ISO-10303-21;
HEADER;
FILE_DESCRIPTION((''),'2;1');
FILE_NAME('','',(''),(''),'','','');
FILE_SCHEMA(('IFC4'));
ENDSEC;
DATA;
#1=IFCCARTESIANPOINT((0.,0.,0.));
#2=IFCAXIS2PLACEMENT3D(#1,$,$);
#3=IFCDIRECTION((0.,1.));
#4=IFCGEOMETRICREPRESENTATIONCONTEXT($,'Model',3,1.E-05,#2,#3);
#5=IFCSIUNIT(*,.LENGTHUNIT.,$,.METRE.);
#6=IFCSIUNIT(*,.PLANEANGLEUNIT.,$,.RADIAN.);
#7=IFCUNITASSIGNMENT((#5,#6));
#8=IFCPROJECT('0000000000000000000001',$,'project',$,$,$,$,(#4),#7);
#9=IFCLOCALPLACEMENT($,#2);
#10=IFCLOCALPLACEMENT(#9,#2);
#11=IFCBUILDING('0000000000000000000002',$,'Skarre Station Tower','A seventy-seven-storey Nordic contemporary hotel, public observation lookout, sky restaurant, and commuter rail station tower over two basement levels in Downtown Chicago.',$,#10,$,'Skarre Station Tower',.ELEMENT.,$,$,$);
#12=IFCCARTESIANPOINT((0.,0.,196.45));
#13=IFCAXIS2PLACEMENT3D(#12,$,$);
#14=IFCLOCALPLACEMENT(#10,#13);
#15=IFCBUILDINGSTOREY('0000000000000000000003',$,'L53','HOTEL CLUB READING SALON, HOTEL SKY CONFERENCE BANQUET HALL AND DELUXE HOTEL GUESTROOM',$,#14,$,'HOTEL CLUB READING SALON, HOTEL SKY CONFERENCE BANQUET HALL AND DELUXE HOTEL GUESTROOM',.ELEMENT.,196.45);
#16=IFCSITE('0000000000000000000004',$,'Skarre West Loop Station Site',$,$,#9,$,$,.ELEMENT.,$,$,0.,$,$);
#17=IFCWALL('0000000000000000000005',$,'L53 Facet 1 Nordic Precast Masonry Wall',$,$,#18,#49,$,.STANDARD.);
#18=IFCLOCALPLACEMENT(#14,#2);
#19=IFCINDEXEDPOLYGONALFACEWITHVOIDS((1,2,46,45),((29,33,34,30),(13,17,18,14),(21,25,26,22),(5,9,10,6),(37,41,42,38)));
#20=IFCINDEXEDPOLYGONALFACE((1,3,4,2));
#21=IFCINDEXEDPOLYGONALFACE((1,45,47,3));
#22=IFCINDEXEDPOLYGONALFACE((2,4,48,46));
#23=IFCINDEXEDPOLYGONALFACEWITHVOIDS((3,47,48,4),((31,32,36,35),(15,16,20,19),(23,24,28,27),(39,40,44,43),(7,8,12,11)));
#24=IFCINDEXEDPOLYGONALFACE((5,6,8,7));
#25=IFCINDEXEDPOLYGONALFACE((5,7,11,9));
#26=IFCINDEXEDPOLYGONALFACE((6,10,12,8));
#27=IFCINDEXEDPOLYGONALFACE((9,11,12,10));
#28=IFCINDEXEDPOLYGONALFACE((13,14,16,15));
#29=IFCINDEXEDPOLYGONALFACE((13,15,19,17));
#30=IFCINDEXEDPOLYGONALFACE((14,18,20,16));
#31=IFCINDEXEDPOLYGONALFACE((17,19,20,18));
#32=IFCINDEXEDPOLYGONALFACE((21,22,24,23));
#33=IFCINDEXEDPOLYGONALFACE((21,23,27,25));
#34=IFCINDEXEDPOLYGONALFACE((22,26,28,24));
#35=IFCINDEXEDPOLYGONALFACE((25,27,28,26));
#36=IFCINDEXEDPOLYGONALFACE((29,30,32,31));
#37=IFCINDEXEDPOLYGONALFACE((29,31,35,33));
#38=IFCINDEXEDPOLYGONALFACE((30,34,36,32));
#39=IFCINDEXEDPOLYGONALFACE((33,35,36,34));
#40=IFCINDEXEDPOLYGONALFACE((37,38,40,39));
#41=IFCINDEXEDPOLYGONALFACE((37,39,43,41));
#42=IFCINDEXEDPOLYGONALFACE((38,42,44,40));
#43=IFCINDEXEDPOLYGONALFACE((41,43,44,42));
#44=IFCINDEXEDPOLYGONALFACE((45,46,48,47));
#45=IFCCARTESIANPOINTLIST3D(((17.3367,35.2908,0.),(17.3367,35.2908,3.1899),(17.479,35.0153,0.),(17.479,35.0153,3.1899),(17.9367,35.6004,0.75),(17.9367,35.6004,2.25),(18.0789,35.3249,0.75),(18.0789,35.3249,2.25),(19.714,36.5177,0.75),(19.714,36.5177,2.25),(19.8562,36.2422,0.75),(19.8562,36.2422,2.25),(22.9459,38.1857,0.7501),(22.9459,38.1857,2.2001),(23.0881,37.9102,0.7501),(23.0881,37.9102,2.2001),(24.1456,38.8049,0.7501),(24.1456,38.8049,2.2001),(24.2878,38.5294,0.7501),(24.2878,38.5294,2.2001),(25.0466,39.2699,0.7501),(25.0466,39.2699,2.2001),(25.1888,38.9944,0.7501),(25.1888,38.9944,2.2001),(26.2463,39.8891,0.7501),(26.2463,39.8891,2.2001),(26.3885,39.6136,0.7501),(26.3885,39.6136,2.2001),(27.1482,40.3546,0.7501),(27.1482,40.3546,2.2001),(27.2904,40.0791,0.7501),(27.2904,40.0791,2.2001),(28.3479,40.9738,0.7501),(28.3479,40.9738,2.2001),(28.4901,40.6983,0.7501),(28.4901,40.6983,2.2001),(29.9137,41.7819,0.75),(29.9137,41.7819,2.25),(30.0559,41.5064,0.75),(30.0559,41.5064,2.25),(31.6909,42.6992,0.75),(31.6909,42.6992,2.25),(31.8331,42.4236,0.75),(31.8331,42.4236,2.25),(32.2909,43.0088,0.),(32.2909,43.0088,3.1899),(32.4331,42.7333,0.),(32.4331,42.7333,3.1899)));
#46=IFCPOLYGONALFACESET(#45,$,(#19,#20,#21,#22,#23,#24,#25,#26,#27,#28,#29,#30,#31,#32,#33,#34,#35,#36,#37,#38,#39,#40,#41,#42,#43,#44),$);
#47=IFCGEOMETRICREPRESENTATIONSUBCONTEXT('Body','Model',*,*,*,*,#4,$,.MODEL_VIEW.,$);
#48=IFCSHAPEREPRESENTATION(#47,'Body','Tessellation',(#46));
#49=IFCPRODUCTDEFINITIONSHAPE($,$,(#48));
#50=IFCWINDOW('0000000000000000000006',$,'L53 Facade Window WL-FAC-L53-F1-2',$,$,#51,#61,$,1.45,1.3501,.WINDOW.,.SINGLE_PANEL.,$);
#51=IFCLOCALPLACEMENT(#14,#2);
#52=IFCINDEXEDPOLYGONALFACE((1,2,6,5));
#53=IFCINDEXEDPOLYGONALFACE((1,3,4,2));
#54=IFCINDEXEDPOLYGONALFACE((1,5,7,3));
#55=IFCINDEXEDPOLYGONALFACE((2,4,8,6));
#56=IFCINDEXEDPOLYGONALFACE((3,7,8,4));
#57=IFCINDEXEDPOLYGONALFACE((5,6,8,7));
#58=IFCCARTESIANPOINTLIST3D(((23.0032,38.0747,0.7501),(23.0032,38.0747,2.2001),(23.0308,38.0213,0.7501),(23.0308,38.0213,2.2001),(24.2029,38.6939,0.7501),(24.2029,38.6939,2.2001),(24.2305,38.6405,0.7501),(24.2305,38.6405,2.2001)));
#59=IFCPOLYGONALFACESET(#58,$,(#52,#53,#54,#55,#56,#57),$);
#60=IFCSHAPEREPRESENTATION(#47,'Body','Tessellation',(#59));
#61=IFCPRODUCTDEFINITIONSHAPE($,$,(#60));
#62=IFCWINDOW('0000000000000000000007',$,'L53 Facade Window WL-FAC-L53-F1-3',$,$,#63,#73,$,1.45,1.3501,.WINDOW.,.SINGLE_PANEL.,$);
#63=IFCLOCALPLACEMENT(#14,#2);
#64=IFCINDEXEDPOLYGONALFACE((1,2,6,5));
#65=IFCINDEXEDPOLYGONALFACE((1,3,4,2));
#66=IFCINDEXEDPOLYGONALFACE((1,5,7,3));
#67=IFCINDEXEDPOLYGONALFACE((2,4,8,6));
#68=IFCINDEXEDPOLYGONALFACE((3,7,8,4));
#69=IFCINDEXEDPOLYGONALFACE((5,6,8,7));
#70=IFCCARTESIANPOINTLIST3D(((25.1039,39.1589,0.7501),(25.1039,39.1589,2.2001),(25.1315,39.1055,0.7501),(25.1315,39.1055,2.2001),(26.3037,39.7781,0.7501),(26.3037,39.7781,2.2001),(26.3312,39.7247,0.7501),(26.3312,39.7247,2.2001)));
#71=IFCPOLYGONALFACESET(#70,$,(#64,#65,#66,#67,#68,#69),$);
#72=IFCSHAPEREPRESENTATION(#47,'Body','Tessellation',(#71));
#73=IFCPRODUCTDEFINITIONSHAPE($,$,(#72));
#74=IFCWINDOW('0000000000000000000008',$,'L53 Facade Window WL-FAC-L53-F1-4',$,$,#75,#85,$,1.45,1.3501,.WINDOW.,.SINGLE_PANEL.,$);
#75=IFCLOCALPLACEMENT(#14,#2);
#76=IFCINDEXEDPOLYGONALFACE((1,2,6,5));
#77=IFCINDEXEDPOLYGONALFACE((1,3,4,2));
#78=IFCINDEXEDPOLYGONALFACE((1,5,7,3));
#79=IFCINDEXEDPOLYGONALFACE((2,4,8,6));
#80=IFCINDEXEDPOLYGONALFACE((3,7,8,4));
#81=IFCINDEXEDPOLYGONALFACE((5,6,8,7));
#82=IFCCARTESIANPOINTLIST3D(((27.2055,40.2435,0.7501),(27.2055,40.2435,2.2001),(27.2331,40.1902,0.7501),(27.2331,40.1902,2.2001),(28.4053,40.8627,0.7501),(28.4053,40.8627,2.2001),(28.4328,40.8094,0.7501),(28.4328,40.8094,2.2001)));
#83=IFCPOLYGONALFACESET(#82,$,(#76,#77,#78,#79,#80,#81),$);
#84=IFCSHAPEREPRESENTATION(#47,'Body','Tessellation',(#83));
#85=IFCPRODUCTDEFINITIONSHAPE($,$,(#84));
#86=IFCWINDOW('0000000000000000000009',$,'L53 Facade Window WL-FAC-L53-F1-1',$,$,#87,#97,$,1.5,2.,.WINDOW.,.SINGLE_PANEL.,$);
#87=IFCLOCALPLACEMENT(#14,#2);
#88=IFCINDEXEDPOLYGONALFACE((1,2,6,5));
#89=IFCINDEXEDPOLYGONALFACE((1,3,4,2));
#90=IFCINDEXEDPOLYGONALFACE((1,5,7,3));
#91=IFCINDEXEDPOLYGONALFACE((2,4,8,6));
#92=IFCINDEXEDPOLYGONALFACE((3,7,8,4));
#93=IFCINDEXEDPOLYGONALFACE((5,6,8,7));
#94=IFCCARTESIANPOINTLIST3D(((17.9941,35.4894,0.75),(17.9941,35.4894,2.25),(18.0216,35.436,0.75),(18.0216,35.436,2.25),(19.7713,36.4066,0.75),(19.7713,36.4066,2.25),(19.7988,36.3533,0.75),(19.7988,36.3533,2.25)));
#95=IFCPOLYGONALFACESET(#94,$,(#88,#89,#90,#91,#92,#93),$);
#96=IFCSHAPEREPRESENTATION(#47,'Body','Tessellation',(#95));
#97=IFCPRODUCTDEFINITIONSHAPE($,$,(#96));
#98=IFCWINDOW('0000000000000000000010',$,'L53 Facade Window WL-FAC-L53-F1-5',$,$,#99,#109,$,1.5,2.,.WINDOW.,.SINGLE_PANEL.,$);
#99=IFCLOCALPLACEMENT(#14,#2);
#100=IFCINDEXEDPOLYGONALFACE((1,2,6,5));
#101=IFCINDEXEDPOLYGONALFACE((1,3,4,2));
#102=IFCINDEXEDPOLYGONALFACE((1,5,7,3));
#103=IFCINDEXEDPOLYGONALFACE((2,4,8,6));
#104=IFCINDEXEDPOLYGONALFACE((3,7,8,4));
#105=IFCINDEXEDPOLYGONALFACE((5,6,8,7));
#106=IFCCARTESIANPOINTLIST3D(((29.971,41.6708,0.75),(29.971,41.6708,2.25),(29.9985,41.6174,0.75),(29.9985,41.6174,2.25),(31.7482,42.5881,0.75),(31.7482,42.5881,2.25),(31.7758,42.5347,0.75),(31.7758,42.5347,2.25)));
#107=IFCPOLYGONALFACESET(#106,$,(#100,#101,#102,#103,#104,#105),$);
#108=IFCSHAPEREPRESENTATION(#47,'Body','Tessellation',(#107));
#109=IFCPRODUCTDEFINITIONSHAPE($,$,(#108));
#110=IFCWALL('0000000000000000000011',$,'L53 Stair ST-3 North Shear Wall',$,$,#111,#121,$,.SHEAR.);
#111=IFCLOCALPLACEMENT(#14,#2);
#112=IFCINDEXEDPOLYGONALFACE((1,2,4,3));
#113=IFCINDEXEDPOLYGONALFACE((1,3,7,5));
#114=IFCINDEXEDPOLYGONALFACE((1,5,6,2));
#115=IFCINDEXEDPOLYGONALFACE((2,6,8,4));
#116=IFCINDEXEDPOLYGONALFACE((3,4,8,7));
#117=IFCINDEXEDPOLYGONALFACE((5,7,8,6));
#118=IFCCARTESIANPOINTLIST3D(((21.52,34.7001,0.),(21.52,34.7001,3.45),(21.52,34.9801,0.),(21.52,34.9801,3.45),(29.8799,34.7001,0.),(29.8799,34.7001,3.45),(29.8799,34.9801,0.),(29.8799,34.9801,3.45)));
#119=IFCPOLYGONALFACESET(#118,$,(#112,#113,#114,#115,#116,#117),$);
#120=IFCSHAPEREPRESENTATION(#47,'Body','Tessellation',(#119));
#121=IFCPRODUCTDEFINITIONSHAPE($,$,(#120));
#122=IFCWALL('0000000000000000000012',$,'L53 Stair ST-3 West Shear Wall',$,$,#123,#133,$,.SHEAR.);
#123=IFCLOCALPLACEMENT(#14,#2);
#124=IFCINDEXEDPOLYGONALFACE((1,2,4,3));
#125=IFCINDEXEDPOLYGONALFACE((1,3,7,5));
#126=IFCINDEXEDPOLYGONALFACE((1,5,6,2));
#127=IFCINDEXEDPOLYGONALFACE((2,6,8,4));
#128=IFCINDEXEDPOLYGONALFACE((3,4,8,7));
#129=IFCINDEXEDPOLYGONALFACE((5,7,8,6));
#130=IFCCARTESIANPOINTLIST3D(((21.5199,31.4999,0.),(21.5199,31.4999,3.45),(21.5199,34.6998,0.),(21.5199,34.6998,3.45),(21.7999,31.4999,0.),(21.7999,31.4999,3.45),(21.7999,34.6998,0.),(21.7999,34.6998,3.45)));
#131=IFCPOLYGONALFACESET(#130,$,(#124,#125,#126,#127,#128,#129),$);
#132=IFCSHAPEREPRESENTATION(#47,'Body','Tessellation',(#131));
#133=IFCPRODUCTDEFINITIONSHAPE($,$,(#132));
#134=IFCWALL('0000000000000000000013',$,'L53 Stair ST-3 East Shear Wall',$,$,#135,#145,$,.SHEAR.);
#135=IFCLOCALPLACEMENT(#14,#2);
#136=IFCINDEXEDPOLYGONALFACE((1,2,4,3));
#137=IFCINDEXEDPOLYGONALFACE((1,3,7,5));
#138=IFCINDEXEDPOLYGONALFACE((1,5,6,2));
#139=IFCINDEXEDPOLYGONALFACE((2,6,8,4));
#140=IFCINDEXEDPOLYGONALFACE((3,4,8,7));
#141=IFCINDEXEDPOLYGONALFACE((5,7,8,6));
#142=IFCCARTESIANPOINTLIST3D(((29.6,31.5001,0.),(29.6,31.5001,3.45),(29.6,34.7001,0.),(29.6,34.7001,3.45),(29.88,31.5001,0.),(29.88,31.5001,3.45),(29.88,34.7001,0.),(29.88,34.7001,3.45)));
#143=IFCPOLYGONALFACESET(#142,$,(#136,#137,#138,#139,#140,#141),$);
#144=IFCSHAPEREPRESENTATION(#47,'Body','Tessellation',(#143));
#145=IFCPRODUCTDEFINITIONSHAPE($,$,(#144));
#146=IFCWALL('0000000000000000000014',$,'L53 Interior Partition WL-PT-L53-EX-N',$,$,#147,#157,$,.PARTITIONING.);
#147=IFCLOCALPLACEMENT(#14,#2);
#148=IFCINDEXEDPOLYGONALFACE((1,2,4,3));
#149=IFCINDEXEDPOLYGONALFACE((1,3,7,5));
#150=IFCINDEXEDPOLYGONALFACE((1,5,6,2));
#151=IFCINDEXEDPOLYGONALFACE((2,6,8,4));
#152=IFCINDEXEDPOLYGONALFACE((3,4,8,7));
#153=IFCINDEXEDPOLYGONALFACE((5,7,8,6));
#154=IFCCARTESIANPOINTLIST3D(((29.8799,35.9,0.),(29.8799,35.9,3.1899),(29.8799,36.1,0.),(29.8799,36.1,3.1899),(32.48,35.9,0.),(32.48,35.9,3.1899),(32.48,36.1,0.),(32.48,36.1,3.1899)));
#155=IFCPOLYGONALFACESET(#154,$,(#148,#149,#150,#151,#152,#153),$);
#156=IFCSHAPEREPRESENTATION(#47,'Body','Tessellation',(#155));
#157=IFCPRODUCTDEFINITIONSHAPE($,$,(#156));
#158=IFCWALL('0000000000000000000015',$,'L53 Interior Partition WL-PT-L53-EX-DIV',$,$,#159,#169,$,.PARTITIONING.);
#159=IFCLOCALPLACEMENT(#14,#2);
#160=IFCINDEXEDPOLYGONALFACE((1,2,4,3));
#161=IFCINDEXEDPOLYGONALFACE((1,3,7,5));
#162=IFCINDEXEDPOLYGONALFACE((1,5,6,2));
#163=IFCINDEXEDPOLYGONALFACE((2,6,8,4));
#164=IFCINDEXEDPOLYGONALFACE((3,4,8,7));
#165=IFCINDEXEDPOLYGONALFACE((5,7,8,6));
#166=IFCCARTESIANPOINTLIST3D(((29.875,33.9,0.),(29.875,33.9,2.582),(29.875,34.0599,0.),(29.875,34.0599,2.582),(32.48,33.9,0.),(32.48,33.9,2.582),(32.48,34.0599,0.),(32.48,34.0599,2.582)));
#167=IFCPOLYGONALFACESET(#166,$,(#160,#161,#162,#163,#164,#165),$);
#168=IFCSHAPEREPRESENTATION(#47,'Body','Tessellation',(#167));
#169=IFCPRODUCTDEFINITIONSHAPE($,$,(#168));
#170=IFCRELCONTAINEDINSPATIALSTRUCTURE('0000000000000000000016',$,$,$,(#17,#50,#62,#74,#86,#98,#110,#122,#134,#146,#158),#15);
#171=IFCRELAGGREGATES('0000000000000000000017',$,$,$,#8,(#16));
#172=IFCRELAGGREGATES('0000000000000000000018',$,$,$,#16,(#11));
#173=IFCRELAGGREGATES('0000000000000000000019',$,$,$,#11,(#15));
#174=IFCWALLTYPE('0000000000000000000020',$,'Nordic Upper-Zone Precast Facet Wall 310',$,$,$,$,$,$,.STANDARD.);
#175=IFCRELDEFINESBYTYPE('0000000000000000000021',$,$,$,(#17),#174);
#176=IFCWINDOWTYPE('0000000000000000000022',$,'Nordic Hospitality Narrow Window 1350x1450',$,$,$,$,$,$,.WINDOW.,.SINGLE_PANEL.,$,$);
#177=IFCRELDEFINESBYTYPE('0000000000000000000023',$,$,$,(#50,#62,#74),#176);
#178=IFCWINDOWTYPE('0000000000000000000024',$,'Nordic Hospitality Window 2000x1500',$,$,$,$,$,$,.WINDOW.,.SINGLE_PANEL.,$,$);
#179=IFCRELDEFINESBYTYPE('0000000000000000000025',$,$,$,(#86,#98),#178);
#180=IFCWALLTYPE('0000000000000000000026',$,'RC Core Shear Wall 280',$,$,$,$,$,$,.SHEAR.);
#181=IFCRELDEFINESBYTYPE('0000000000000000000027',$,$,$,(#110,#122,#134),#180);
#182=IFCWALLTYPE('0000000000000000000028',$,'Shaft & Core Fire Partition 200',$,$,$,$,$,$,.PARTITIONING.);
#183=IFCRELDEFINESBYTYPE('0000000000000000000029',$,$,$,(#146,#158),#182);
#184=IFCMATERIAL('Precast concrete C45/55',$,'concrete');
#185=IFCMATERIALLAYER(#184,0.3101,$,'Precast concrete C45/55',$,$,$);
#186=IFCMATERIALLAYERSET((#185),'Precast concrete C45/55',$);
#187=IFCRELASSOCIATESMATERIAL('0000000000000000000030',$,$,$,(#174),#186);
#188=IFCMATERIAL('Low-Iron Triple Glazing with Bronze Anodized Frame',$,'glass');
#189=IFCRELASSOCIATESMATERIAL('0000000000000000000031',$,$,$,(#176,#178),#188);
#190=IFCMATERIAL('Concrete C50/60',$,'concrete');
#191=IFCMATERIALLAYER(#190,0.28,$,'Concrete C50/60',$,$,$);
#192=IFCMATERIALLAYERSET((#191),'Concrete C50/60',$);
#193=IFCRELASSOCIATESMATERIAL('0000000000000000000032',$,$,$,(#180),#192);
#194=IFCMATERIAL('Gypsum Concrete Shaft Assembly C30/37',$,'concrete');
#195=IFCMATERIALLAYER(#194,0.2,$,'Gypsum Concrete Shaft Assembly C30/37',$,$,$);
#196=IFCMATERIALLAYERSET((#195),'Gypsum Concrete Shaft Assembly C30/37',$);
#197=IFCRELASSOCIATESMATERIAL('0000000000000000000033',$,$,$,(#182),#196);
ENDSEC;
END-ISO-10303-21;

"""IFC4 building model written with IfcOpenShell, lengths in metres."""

from ifc_helpers import new_model, si_unit, direction, frame, frame_2d, origin, place, context, subcontext, project, spatial, rectangle, extrude, material, layer, layer_set, type_object, element, fill, save


model = new_model("IFC4")

# Units and contexts
model_context = context("Model", 3, precision=1e-05, world=origin(), true_north=direction((0.0, 1.0)))
body_context = subcontext(model_context, "Body", "Model", "MODEL_VIEW")
ifc_project = project(units=[si_unit("LENGTHUNIT", "METRE"), si_unit("PLANEANGLEUNIT", "RADIAN")], contexts=[model_context])

# Site, building, storey
site_placement = place(None, origin())
site = spatial("IfcSite", under=ifc_project, at=site_placement, Name="Skarre West Loop Station Site", CompositionType="ELEMENT", RefElevation=0.0)
building_placement = place(site_placement, origin())
building = spatial("IfcBuilding", under=site, at=building_placement, Name="Skarre Station Tower", Description="A seventy-seven-storey Nordic contemporary hotel, public observation lookout, sky restaurant, and commuter rail station tower over two basement levels in Downtown Chicago.", LongName="Skarre Station Tower", CompositionType="ELEMENT")
storey_placement = place(building_placement, frame((0.0, 0.0, 196.45)))
storey = spatial("IfcBuildingStorey", under=building, at=storey_placement, Name="L53", Description="HOTEL CLUB READING SALON, HOTEL SKY CONFERENCE BANQUET HALL AND DELUXE HOTEL GUESTROOM", LongName="HOTEL CLUB READING SALON, HOTEL SKY CONFERENCE BANQUET HALL AND DELUXE HOTEL GUESTROOM", CompositionType="ELEMENT", Elevation=196.45)

# Shared definitions
ifc_material_1 = material(Name="Concrete C50/60", Category="concrete")

# Shared definitions
ifc_material_2 = material(Name="Precast concrete C45/55", Category="concrete")

# Wall, openings, windows
ifc_layer_1 = layer(ifc_material_2, 0.3101, Name="Precast concrete C45/55")
ifc_layer_set_1 = layer_set([ifc_layer_1], Name="Precast concrete C45/55")
wall_type_1 = type_object("IfcWallType", Name="Nordic Upper-Zone Precast Facet Wall 310", PredefinedType="STANDARD", material=ifc_layer_set_1)
wall_1_placement = place(storey_placement, frame((17.408, 35.1531, 0.0), z_axis=(0.0, 0.0, 1.0), x_axis=(0.888626, 0.458632, 0.0)))
wall_1 = element("IfcWall", 1, at=wall_1_placement, inside=storey, type_object=wall_type_1, Name="L53 Facet 1 Nordic Precast Masonry Wall", PredefinedType="STANDARD", context=body_context, shape_type="SweptSolid", body=[
    extrude(rectangle(XDim=16.8284, YDim=0.3101, at=frame_2d((8.4141, 0.0))), origin(), (0.0, 0.0, 1.0), 3.1899),
])
opening_1_placement = place(wall_1_placement, frame((0.675, 0.0, 0.75)))
opening_1 = element("IfcOpeningElement", 2, at=opening_1_placement, cuts=wall_1, PredefinedType="OPENING", context=body_context, shape_type="SweptSolid", body=[
    extrude(rectangle(XDim=2.0, YDim=1.5, at=frame_2d((1.0, 0.75))), frame((0.0, 0.165, 0.0), z_axis=(0.0, -1.0, 0.0), x_axis=(1.0, 0.0, 0.0)), (0.0, 0.0, 1.0), 0.3301),
])
opening_2_placement = place(wall_1_placement, frame((6.312, 0.0, 0.75)))
opening_2 = element("IfcOpeningElement", 3, at=opening_2_placement, cuts=wall_1, PredefinedType="OPENING", context=body_context, shape_type="SweptSolid", body=[
    extrude(rectangle(XDim=1.3501, YDim=1.45, at=frame_2d((0.675, 0.7251))), frame((0.0, 0.165, 0.0), z_axis=(0.0, -1.0, 0.0), x_axis=(1.0, 0.0, 0.0)), (0.0, 0.0, 1.0), 0.3301),
])
opening_3_placement = place(wall_1_placement, frame((8.676, 0.0, 0.75)))
opening_3 = element("IfcOpeningElement", 4, at=opening_3_placement, cuts=wall_1, PredefinedType="OPENING", context=body_context, shape_type="SweptSolid", body=[
    extrude(rectangle(XDim=1.3501, YDim=1.45, at=frame_2d((0.675, 0.7251))), frame((0.0, 0.165, 0.0), z_axis=(0.0, -1.0, 0.0), x_axis=(1.0, 0.0, 0.0)), (0.0, 0.0, 1.0), 0.3301),
])
opening_4_placement = place(wall_1_placement, frame((11.041, 0.0, 0.75)))
opening_4 = element("IfcOpeningElement", 5, at=opening_4_placement, cuts=wall_1, PredefinedType="OPENING", context=body_context, shape_type="SweptSolid", body=[
    extrude(rectangle(XDim=1.3501, YDim=1.45, at=frame_2d((0.675, 0.7251))), frame((0.0, 0.165, 0.0), z_axis=(0.0, -1.0, 0.0), x_axis=(1.0, 0.0, 0.0)), (0.0, 0.0, 1.0), 0.3301),
])
opening_5_placement = place(wall_1_placement, frame((14.1531, 0.0, 0.75)))
opening_5 = element("IfcOpeningElement", 6, at=opening_5_placement, cuts=wall_1, PredefinedType="OPENING", context=body_context, shape_type="SweptSolid", body=[
    extrude(rectangle(XDim=2.0, YDim=1.5, at=frame_2d((1.0, 0.75))), frame((0.0, 0.165, 0.0), z_axis=(0.0, -1.0, 0.0), x_axis=(1.0, 0.0, 0.0)), (0.0, 0.0, 1.0), 0.3301),
])
ifc_material_3 = material(Name="Low-Iron Triple Glazing with Bronze Anodized Frame", Category="glass")
window_type_1 = type_object("IfcWindowType", Name="Nordic Hospitality Narrow Window 1350x1450", PartitioningType="SINGLE_PANEL", PredefinedType="WINDOW", material=ifc_material_3)
window_1_placement = place(opening_2_placement, origin())
window_1 = element("IfcWindow", 7, at=window_1_placement, inside=storey, type_object=window_type_1, Name="L53 Facade Window WL-FAC-L53-F1-2", OverallHeight=1.45, OverallWidth=1.3501, PartitioningType="SINGLE_PANEL", PredefinedType="WINDOW", context=body_context, shape_type="SweptSolid", body=[
    extrude(rectangle(XDim=1.3501, YDim=1.45, at=frame_2d((0.675, 0.7251))), frame((0.0, 0.03, 0.0), z_axis=(0.0, -1.0, 0.0), x_axis=(1.0, 0.0, 0.0)), (0.0, 0.0, 1.0), 0.0601),
])
fill(opening_2, window_1)
window_2_placement = place(opening_3_placement, origin())
window_2 = element("IfcWindow", 8, at=window_2_placement, inside=storey, type_object=window_type_1, Name="L53 Facade Window WL-FAC-L53-F1-3", OverallHeight=1.45, OverallWidth=1.3501, PartitioningType="SINGLE_PANEL", PredefinedType="WINDOW", context=body_context, shape_type="SweptSolid", body=[
    extrude(rectangle(XDim=1.3501, YDim=1.45, at=frame_2d((0.675, 0.7251))), frame((0.0, 0.03, 0.0), z_axis=(0.0, -1.0, 0.0), x_axis=(1.0, 0.0, 0.0)), (0.0, 0.0, 1.0), 0.0601),
])
fill(opening_3, window_2)
window_3_placement = place(opening_4_placement, origin())
window_3 = element("IfcWindow", 9, at=window_3_placement, inside=storey, type_object=window_type_1, Name="L53 Facade Window WL-FAC-L53-F1-4", OverallHeight=1.45, OverallWidth=1.3501, PartitioningType="SINGLE_PANEL", PredefinedType="WINDOW", context=body_context, shape_type="SweptSolid", body=[
    extrude(rectangle(XDim=1.3501, YDim=1.45, at=frame_2d((0.675, 0.7251))), frame((0.0, 0.03, 0.0), z_axis=(0.0, -1.0, 0.0), x_axis=(1.0, 0.0, 0.0)), (0.0, 0.0, 1.0), 0.0601),
])
fill(opening_4, window_3)
window_type_2 = type_object("IfcWindowType", Name="Nordic Hospitality Window 2000x1500", PartitioningType="SINGLE_PANEL", PredefinedType="WINDOW", material=ifc_material_3)
window_4_placement = place(opening_1_placement, origin())
window_4 = element("IfcWindow", 10, at=window_4_placement, inside=storey, type_object=window_type_2, Name="L53 Facade Window WL-FAC-L53-F1-1", OverallHeight=1.5, OverallWidth=2.0, PartitioningType="SINGLE_PANEL", PredefinedType="WINDOW", context=body_context, shape_type="SweptSolid", body=[
    extrude(rectangle(XDim=2.0, YDim=1.5, at=frame_2d((1.0, 0.75))), frame((0.0, 0.03, 0.0), z_axis=(0.0, -1.0, 0.0), x_axis=(1.0, 0.0, 0.0)), (0.0, 0.0, 1.0), 0.0601),
])
fill(opening_1, window_4)
window_5_placement = place(opening_5_placement, origin())
window_5 = element("IfcWindow", 11, at=window_5_placement, inside=storey, type_object=window_type_2, Name="L53 Facade Window WL-FAC-L53-F1-5", OverallHeight=1.5, OverallWidth=2.0, PartitioningType="SINGLE_PANEL", PredefinedType="WINDOW", context=body_context, shape_type="SweptSolid", body=[
    extrude(rectangle(XDim=2.0, YDim=1.5, at=frame_2d((1.0, 0.75))), frame((0.0, 0.03, 0.0), z_axis=(0.0, -1.0, 0.0), x_axis=(1.0, 0.0, 0.0)), (0.0, 0.0, 1.0), 0.0601),
])
fill(opening_5, window_5)

# Walls
ifc_layer_2 = layer(ifc_material_1, 0.28, Name="Concrete C50/60")
ifc_layer_set_2 = layer_set([ifc_layer_2], Name="Concrete C50/60")
wall_type_2 = type_object("IfcWallType", Name="RC Core Shear Wall 280", PredefinedType="SHEAR", material=ifc_layer_set_2)
wall_2_placement = place(storey_placement, frame((29.8799, 34.8401, 0.0), z_axis=(0.0, 0.0, 1.0), x_axis=(-1.0, 0.0, 0.0)))
element("IfcWall", 12, at=wall_2_placement, inside=storey, type_object=wall_type_2, Name="L53 Stair ST-3 North Shear Wall", PredefinedType="SHEAR", context=body_context, shape_type="SweptSolid", body=[
    extrude(rectangle(XDim=8.3599, YDim=0.28, at=frame_2d((4.1799, 0.0))), origin(), (0.0, 0.0, 1.0), 3.45),
])
for number, where, z_axis, x_axis, name in (
    (13, (21.6599, 34.7, 0.0), (0.0, 0.0, 1.0), (0.0, -1.0, 0.0), "L53 Stair ST-3 West Shear Wall"),
    (14, (29.74, 31.5, 0.0), (0.0, 0.0, 1.0), (0.0, 1.0, 0.0), "L53 Stair ST-3 East Shear Wall"),
):
    element("IfcWall", number, at=place(storey_placement, frame(where, z_axis=z_axis, x_axis=x_axis)), inside=storey, type_object=wall_type_2, Name=name, PredefinedType="SHEAR", context=body_context, shape_type="SweptSolid", body=[
        extrude(rectangle(XDim=3.2, YDim=0.28, at=frame_2d((1.6001, 0.0))), origin(), (0.0, 0.0, 1.0), 3.45),
    ])
ifc_material_4 = material(Name="Gypsum Concrete Shaft Assembly C30/37", Category="concrete")
ifc_layer_3 = layer(ifc_material_4, 0.2, Name="Gypsum Concrete Shaft Assembly C30/37")
ifc_layer_set_3 = layer_set([ifc_layer_3], Name="Gypsum Concrete Shaft Assembly C30/37")
wall_type_3 = type_object("IfcWallType", Name="Shaft & Core Fire Partition 200", PredefinedType="PARTITIONING", material=ifc_layer_set_3)
wall_3_placement = place(storey_placement, frame((29.8799, 36.0, 0.0), z_axis=(0.0, 0.0, 1.0), x_axis=(1.0, 0.0, 0.0)))
element("IfcWall", 15, at=wall_3_placement, inside=storey, type_object=wall_type_3, Name="L53 Interior Partition WL-PT-L53-EX-N", PredefinedType="PARTITIONING", context=body_context, shape_type="SweptSolid", body=[
    extrude(rectangle(XDim=2.6001, YDim=0.2, at=frame_2d((1.3, 0.0))), origin(), (0.0, 0.0, 1.0), 3.1899),
])
wall_4_placement = place(storey_placement, frame((29.875, 33.98, 0.0), z_axis=(0.0, 0.0, 1.0), x_axis=(1.0, 0.0, 0.0)))
element("IfcWall", 16, at=wall_4_placement, inside=storey, type_object=wall_type_3, Name="L53 Interior Partition WL-PT-L53-EX-DIV", PredefinedType="PARTITIONING", context=body_context, shape_type="SweptSolid", body=[
    extrude(rectangle(XDim=2.605, YDim=0.1599, at=frame_2d((1.3025, 0.0))), origin(), (0.0, 0.0, 1.0), 2.582),
])

save(model, "model.ifc")
